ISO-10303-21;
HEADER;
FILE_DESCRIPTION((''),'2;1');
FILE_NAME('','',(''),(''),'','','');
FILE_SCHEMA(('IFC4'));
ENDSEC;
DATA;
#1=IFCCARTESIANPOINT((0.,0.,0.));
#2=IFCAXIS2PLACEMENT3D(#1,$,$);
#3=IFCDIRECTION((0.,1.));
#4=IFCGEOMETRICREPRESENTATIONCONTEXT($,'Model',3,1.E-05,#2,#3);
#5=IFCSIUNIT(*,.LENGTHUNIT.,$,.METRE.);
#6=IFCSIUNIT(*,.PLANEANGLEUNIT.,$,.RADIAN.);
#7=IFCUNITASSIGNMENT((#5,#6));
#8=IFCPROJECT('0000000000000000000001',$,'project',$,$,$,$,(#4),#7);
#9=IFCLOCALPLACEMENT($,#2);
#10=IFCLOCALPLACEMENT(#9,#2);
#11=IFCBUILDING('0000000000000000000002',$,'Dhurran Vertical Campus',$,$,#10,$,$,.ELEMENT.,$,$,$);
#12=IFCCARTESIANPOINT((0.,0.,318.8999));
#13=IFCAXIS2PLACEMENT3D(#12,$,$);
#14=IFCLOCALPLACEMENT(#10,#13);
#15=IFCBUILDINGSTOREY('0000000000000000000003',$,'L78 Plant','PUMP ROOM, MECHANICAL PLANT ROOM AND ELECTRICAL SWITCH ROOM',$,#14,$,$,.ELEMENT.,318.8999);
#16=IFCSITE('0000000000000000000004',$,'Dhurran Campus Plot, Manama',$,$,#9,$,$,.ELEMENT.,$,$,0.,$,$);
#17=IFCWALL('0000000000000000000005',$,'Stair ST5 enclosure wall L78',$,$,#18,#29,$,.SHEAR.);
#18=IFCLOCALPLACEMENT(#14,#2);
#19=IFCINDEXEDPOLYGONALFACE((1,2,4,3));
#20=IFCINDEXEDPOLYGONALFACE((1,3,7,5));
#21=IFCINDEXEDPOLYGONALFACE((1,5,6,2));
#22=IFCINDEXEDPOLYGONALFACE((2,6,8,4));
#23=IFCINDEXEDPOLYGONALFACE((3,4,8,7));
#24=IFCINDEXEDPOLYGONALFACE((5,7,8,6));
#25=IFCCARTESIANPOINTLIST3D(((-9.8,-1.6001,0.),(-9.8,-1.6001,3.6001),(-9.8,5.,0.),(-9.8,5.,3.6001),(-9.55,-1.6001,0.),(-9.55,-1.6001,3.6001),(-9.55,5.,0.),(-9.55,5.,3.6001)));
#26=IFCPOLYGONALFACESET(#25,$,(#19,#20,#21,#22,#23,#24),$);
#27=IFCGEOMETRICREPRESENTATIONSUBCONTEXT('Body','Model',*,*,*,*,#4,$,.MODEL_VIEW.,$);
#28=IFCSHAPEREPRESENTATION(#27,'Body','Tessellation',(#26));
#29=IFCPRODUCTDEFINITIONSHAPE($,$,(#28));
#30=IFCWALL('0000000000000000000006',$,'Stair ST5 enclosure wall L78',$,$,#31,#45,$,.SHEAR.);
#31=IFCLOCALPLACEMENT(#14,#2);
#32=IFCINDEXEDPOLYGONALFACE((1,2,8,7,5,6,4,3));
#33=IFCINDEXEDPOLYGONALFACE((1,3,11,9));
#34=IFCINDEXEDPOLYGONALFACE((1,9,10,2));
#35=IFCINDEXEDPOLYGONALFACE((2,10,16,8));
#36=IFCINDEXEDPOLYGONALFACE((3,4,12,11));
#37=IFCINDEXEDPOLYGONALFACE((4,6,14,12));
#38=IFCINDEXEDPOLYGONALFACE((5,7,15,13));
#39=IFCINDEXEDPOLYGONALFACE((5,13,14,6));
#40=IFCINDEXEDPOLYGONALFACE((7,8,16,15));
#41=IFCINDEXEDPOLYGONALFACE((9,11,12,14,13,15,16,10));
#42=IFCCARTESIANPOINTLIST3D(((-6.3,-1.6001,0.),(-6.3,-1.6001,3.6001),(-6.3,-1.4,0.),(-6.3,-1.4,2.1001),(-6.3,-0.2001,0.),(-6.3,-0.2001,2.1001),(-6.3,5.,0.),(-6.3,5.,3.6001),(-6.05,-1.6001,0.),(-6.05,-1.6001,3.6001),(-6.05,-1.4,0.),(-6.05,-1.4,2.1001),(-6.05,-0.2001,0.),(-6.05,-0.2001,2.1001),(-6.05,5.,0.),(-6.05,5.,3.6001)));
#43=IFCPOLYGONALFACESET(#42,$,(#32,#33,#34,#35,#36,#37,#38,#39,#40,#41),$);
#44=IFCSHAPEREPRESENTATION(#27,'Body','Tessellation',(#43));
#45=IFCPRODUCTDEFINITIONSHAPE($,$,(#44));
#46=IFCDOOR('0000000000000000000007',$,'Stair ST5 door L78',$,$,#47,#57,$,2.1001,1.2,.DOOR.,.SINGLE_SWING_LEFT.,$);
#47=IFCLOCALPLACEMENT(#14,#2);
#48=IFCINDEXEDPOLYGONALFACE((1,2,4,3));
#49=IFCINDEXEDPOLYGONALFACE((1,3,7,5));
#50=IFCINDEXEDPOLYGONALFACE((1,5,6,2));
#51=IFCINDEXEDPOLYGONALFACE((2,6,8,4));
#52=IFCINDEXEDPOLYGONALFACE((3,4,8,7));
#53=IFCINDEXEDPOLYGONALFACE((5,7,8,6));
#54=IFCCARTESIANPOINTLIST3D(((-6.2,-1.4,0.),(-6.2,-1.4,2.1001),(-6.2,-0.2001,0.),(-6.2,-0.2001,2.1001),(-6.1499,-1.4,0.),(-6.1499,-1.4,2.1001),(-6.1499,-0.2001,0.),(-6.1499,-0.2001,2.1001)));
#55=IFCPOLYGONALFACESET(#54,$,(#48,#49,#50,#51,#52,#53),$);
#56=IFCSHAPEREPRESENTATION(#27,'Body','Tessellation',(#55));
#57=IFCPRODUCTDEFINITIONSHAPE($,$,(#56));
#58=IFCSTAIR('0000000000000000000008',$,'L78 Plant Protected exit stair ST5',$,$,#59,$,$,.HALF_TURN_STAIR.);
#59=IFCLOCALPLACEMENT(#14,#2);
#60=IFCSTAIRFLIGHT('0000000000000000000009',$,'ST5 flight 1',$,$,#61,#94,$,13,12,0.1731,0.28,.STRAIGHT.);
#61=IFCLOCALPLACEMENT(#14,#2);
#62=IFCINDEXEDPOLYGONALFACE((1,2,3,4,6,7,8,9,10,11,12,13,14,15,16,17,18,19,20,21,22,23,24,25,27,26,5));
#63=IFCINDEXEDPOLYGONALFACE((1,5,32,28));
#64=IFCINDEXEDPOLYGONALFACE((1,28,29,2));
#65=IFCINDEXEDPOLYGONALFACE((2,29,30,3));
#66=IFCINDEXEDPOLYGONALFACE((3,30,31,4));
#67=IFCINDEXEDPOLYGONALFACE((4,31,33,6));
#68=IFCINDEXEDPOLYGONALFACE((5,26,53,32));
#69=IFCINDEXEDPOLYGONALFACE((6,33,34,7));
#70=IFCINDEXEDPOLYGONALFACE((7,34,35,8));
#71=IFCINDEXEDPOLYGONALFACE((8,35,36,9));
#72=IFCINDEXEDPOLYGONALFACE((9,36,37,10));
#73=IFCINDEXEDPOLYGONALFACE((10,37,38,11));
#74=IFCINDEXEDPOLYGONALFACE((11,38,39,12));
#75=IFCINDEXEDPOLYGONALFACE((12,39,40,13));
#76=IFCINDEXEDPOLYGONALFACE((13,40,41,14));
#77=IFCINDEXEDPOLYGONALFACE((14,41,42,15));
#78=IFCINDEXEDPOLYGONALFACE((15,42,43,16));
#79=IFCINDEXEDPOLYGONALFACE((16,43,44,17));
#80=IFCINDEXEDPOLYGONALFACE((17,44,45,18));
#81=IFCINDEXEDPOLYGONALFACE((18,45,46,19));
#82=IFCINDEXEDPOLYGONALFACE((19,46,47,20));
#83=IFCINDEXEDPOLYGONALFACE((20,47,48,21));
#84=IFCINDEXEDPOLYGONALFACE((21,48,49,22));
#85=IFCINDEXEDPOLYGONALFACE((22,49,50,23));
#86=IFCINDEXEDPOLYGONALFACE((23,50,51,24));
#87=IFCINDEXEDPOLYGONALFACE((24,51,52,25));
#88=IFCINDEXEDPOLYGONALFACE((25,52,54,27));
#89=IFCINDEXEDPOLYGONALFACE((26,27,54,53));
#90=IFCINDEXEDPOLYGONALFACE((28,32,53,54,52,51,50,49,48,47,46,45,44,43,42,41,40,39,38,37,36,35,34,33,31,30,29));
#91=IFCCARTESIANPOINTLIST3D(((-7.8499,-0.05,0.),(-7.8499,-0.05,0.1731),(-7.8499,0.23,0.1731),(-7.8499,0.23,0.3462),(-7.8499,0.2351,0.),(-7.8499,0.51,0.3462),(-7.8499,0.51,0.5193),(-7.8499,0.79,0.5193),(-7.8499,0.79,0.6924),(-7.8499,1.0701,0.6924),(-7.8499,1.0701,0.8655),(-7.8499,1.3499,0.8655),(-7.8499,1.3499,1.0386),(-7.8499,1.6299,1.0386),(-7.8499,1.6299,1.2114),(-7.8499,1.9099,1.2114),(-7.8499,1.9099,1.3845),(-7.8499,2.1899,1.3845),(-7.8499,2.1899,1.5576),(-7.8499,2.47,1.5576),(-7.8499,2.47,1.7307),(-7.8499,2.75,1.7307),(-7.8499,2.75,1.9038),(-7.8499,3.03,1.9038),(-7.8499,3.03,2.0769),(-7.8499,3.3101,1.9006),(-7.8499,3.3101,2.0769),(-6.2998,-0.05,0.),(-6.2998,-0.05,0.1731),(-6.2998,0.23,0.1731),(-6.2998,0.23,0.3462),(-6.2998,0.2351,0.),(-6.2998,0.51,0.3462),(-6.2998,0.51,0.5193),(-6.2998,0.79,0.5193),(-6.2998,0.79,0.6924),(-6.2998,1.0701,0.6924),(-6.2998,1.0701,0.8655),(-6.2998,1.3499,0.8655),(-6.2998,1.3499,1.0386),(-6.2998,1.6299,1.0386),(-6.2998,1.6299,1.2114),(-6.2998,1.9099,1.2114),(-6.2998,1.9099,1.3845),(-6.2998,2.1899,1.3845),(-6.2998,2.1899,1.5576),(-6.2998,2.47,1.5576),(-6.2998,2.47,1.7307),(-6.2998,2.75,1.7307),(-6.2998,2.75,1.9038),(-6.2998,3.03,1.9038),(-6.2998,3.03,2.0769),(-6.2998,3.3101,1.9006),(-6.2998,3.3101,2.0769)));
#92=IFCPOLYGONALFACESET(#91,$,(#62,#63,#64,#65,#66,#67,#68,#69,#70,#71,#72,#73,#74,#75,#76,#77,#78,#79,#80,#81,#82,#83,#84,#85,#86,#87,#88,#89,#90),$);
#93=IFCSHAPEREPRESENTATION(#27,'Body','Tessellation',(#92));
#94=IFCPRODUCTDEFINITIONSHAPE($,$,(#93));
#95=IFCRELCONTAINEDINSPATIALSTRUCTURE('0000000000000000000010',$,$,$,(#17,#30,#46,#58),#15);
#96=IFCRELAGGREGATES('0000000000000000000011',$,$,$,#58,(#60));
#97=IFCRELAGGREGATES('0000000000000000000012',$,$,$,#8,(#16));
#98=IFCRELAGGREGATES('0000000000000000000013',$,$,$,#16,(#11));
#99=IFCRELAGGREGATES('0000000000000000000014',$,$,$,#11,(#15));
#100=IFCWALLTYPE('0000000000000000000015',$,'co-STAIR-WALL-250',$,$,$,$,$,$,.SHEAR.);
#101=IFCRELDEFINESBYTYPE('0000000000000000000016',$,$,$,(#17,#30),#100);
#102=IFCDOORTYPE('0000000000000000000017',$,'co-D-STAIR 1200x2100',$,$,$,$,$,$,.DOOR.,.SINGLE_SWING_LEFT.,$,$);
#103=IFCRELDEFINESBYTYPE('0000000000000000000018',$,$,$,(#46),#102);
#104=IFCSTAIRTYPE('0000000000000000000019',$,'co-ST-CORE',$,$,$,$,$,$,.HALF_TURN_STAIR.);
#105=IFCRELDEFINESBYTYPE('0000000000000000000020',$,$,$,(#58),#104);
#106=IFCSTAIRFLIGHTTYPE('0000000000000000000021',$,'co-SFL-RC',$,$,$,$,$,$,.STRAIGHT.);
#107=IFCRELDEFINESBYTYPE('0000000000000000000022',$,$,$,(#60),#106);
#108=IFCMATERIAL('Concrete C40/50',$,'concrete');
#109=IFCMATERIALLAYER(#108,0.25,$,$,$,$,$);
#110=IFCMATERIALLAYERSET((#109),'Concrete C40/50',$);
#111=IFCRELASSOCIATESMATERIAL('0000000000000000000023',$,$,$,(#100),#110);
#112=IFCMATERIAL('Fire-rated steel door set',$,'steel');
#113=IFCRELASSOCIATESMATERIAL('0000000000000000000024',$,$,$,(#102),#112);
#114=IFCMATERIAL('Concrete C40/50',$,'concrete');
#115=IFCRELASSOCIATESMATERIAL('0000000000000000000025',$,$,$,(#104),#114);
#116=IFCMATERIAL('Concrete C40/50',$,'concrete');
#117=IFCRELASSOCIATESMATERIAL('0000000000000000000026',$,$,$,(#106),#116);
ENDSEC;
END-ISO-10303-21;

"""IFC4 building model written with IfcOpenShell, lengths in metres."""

from ifc_helpers import new_model, si_unit, direction, frame, frame_2d, origin, place, context, subcontext, project, spatial, polyline, rectangle, outline, extrude, material, layer, layer_set, type_object, element, fill, aggregate, save


model = new_model("IFC4")

# Units and contexts
model_context = context("Model", 3, precision=1e-05, world=origin(), true_north=direction((0.0, 1.0)))
body_context = subcontext(model_context, "Body", "Model", "MODEL_VIEW")
ifc_project = project(units=[si_unit("LENGTHUNIT", "METRE"), si_unit("PLANEANGLEUNIT", "RADIAN")], contexts=[model_context])

# Site, building, storey
site_placement = place(None, origin())
site = spatial("IfcSite", under=ifc_project, at=site_placement, Name="Dhurran Campus Plot, Manama", CompositionType="ELEMENT", RefElevation=0.0)
building_placement = place(site_placement, origin())
building = spatial("IfcBuilding", under=site, at=building_placement, Name="Dhurran Vertical Campus", CompositionType="ELEMENT")
storey_placement = place(building_placement, frame((0.0, 0.0, 318.8999)))
storey = spatial("IfcBuildingStorey", under=building, at=storey_placement, Name="L78 Plant", Description="PUMP ROOM, MECHANICAL PLANT ROOM AND ELECTRICAL SWITCH ROOM", CompositionType="ELEMENT", Elevation=318.8999)

# Wall
ifc_material_1 = material(Name="Concrete C40/50", Category="concrete")
ifc_layer_1 = layer(ifc_material_1, 0.25)
ifc_layer_set_1 = layer_set([ifc_layer_1], Name="Concrete C40/50")
wall_type_1 = type_object("IfcWallType", Name="co-STAIR-WALL-250", PredefinedType="SHEAR", material=ifc_layer_set_1)
wall_1_placement = place(storey_placement, frame((-9.675, -1.6001, 0.0), z_axis=(0.0, 0.0, 1.0), x_axis=(0.0, 1.0, 0.0)))
element("IfcWall", 1, at=wall_1_placement, inside=storey, type_object=wall_type_1, Name="Stair ST5 enclosure wall L78", PredefinedType="SHEAR", context=body_context, shape_type="SweptSolid", body=[
    extrude(rectangle(XDim=6.6001, YDim=0.25, at=frame_2d((3.3, 0.0))), origin(), (0.0, 0.0, 1.0), 3.6001),
])

# Wall, opening, door
wall_2_placement = place(storey_placement, frame((-6.175, -1.6001, 0.0), z_axis=(0.0, 0.0, 1.0), x_axis=(0.0, 1.0, 0.0)))
wall_2 = element("IfcWall", 2, at=wall_2_placement, inside=storey, type_object=wall_type_1, Name="Stair ST5 enclosure wall L78", PredefinedType="SHEAR", context=body_context, shape_type="SweptSolid", body=[
    extrude(rectangle(XDim=6.6001, YDim=0.25, at=frame_2d((3.3, 0.0))), origin(), (0.0, 0.0, 1.0), 3.6001),
])
opening_1_placement = place(wall_2_placement, frame((0.2, 0.0, 0.0)))
opening_1 = element("IfcOpeningElement", 3, at=opening_1_placement, cuts=wall_2, PredefinedType="OPENING", context=body_context, shape_type="SweptSolid", body=[
    extrude(rectangle(XDim=1.2, YDim=2.1001, at=frame_2d((0.6001, 1.05))), frame((0.0, 0.135, 0.0), z_axis=(0.0, -1.0, 0.0), x_axis=(1.0, 0.0, 0.0)), (0.0, 0.0, 1.0), 0.27),
])
ifc_material_2 = material(Name="Fire-rated steel door set", Category="steel")
door_type_1 = type_object("IfcDoorType", Name="co-D-STAIR 1200x2100", OperationType="SINGLE_SWING_LEFT", PredefinedType="DOOR", material=ifc_material_2)
door_1_placement = place(opening_1_placement, origin())
door_1 = element("IfcDoor", 4, at=door_1_placement, inside=storey, type_object=door_type_1, Name="Stair ST5 door L78", OperationType="SINGLE_SWING_LEFT", OverallHeight=2.1001, OverallWidth=1.2, PredefinedType="DOOR", context=body_context, shape_type="SweptSolid", body=[
    extrude(rectangle(XDim=1.2, YDim=2.1001, at=frame_2d((0.6001, 1.05))), frame((0.0, 0.0249, 0.0), z_axis=(0.0, -1.0, 0.0), x_axis=(1.0, 0.0, 0.0)), (0.0, 0.0, 1.0), 0.05),
])
fill(opening_1, door_1)

# Stair, stair flight
ifc_material_3 = material(Name="Concrete C40/50", Category="concrete")
stair_type = type_object("IfcStairType", Name="co-ST-CORE", PredefinedType="HALF_TURN_STAIR", material=ifc_material_3)
stair_placement = place(storey_placement, origin())
stair = element("IfcStair", 5, at=stair_placement, inside=storey, type_object=stair_type, Name="L78 Plant Protected exit stair ST5", PredefinedType="HALF_TURN_STAIR")
ifc_material_4 = material(Name="Concrete C40/50", Category="concrete")
stair_flight_type = type_object("IfcStairFlightType", Name="co-SFL-RC", PredefinedType="STRAIGHT", material=ifc_material_4)
stair_flight_placement = place(storey_placement, frame((-7.075, -0.05, 0.0), z_axis=(0.0, 0.0, 1.0), x_axis=(0.0, 1.0, 0.0)))
stair_flight = element("IfcStairFlight", 6, at=stair_flight_placement, type_object=stair_flight_type, Name="ST5 flight 1", NumberOfRisers=13, NumberOfTreads=12, PredefinedType="STRAIGHT", RiserHeight=0.1731, TreadLength=0.28, context=body_context, shape_type="SweptSolid", body=[
    extrude(outline(polyline([(0.0, 0.0), (0.0, 0.1731), (0.28, 0.1731), (0.28, 0.3462), (0.5601, 0.3462), (0.5601, 0.5193), (0.8401, 0.5193), (0.8401, 0.6924), (1.1201, 0.6924), (1.1201, 0.8655), (1.3999, 0.8655), (1.3999, 1.0386), (1.6799, 1.0386), (1.6799, 1.2114), (1.96, 1.2114), (1.96, 1.3845), (2.24, 1.3845), (2.24, 1.5576), (2.52, 1.5576), (2.52, 1.7307), (2.8, 1.7307), (2.8, 1.9038), (3.0801, 1.9038), (3.0801, 2.0769), (3.3601, 2.0769), (3.3601, 2.25), (3.3601, 1.9006), (0.2852, 0.0), (0.0, 0.0)])), frame((0.0, 0.7749, 0.0), z_axis=(0.0, -1.0, 0.0), x_axis=(1.0, 0.0, 0.0)), (0.0, 0.0, 1.0), 1.55),
])
aggregate(stair, [stair_flight])

save(model, "model.ifc")
